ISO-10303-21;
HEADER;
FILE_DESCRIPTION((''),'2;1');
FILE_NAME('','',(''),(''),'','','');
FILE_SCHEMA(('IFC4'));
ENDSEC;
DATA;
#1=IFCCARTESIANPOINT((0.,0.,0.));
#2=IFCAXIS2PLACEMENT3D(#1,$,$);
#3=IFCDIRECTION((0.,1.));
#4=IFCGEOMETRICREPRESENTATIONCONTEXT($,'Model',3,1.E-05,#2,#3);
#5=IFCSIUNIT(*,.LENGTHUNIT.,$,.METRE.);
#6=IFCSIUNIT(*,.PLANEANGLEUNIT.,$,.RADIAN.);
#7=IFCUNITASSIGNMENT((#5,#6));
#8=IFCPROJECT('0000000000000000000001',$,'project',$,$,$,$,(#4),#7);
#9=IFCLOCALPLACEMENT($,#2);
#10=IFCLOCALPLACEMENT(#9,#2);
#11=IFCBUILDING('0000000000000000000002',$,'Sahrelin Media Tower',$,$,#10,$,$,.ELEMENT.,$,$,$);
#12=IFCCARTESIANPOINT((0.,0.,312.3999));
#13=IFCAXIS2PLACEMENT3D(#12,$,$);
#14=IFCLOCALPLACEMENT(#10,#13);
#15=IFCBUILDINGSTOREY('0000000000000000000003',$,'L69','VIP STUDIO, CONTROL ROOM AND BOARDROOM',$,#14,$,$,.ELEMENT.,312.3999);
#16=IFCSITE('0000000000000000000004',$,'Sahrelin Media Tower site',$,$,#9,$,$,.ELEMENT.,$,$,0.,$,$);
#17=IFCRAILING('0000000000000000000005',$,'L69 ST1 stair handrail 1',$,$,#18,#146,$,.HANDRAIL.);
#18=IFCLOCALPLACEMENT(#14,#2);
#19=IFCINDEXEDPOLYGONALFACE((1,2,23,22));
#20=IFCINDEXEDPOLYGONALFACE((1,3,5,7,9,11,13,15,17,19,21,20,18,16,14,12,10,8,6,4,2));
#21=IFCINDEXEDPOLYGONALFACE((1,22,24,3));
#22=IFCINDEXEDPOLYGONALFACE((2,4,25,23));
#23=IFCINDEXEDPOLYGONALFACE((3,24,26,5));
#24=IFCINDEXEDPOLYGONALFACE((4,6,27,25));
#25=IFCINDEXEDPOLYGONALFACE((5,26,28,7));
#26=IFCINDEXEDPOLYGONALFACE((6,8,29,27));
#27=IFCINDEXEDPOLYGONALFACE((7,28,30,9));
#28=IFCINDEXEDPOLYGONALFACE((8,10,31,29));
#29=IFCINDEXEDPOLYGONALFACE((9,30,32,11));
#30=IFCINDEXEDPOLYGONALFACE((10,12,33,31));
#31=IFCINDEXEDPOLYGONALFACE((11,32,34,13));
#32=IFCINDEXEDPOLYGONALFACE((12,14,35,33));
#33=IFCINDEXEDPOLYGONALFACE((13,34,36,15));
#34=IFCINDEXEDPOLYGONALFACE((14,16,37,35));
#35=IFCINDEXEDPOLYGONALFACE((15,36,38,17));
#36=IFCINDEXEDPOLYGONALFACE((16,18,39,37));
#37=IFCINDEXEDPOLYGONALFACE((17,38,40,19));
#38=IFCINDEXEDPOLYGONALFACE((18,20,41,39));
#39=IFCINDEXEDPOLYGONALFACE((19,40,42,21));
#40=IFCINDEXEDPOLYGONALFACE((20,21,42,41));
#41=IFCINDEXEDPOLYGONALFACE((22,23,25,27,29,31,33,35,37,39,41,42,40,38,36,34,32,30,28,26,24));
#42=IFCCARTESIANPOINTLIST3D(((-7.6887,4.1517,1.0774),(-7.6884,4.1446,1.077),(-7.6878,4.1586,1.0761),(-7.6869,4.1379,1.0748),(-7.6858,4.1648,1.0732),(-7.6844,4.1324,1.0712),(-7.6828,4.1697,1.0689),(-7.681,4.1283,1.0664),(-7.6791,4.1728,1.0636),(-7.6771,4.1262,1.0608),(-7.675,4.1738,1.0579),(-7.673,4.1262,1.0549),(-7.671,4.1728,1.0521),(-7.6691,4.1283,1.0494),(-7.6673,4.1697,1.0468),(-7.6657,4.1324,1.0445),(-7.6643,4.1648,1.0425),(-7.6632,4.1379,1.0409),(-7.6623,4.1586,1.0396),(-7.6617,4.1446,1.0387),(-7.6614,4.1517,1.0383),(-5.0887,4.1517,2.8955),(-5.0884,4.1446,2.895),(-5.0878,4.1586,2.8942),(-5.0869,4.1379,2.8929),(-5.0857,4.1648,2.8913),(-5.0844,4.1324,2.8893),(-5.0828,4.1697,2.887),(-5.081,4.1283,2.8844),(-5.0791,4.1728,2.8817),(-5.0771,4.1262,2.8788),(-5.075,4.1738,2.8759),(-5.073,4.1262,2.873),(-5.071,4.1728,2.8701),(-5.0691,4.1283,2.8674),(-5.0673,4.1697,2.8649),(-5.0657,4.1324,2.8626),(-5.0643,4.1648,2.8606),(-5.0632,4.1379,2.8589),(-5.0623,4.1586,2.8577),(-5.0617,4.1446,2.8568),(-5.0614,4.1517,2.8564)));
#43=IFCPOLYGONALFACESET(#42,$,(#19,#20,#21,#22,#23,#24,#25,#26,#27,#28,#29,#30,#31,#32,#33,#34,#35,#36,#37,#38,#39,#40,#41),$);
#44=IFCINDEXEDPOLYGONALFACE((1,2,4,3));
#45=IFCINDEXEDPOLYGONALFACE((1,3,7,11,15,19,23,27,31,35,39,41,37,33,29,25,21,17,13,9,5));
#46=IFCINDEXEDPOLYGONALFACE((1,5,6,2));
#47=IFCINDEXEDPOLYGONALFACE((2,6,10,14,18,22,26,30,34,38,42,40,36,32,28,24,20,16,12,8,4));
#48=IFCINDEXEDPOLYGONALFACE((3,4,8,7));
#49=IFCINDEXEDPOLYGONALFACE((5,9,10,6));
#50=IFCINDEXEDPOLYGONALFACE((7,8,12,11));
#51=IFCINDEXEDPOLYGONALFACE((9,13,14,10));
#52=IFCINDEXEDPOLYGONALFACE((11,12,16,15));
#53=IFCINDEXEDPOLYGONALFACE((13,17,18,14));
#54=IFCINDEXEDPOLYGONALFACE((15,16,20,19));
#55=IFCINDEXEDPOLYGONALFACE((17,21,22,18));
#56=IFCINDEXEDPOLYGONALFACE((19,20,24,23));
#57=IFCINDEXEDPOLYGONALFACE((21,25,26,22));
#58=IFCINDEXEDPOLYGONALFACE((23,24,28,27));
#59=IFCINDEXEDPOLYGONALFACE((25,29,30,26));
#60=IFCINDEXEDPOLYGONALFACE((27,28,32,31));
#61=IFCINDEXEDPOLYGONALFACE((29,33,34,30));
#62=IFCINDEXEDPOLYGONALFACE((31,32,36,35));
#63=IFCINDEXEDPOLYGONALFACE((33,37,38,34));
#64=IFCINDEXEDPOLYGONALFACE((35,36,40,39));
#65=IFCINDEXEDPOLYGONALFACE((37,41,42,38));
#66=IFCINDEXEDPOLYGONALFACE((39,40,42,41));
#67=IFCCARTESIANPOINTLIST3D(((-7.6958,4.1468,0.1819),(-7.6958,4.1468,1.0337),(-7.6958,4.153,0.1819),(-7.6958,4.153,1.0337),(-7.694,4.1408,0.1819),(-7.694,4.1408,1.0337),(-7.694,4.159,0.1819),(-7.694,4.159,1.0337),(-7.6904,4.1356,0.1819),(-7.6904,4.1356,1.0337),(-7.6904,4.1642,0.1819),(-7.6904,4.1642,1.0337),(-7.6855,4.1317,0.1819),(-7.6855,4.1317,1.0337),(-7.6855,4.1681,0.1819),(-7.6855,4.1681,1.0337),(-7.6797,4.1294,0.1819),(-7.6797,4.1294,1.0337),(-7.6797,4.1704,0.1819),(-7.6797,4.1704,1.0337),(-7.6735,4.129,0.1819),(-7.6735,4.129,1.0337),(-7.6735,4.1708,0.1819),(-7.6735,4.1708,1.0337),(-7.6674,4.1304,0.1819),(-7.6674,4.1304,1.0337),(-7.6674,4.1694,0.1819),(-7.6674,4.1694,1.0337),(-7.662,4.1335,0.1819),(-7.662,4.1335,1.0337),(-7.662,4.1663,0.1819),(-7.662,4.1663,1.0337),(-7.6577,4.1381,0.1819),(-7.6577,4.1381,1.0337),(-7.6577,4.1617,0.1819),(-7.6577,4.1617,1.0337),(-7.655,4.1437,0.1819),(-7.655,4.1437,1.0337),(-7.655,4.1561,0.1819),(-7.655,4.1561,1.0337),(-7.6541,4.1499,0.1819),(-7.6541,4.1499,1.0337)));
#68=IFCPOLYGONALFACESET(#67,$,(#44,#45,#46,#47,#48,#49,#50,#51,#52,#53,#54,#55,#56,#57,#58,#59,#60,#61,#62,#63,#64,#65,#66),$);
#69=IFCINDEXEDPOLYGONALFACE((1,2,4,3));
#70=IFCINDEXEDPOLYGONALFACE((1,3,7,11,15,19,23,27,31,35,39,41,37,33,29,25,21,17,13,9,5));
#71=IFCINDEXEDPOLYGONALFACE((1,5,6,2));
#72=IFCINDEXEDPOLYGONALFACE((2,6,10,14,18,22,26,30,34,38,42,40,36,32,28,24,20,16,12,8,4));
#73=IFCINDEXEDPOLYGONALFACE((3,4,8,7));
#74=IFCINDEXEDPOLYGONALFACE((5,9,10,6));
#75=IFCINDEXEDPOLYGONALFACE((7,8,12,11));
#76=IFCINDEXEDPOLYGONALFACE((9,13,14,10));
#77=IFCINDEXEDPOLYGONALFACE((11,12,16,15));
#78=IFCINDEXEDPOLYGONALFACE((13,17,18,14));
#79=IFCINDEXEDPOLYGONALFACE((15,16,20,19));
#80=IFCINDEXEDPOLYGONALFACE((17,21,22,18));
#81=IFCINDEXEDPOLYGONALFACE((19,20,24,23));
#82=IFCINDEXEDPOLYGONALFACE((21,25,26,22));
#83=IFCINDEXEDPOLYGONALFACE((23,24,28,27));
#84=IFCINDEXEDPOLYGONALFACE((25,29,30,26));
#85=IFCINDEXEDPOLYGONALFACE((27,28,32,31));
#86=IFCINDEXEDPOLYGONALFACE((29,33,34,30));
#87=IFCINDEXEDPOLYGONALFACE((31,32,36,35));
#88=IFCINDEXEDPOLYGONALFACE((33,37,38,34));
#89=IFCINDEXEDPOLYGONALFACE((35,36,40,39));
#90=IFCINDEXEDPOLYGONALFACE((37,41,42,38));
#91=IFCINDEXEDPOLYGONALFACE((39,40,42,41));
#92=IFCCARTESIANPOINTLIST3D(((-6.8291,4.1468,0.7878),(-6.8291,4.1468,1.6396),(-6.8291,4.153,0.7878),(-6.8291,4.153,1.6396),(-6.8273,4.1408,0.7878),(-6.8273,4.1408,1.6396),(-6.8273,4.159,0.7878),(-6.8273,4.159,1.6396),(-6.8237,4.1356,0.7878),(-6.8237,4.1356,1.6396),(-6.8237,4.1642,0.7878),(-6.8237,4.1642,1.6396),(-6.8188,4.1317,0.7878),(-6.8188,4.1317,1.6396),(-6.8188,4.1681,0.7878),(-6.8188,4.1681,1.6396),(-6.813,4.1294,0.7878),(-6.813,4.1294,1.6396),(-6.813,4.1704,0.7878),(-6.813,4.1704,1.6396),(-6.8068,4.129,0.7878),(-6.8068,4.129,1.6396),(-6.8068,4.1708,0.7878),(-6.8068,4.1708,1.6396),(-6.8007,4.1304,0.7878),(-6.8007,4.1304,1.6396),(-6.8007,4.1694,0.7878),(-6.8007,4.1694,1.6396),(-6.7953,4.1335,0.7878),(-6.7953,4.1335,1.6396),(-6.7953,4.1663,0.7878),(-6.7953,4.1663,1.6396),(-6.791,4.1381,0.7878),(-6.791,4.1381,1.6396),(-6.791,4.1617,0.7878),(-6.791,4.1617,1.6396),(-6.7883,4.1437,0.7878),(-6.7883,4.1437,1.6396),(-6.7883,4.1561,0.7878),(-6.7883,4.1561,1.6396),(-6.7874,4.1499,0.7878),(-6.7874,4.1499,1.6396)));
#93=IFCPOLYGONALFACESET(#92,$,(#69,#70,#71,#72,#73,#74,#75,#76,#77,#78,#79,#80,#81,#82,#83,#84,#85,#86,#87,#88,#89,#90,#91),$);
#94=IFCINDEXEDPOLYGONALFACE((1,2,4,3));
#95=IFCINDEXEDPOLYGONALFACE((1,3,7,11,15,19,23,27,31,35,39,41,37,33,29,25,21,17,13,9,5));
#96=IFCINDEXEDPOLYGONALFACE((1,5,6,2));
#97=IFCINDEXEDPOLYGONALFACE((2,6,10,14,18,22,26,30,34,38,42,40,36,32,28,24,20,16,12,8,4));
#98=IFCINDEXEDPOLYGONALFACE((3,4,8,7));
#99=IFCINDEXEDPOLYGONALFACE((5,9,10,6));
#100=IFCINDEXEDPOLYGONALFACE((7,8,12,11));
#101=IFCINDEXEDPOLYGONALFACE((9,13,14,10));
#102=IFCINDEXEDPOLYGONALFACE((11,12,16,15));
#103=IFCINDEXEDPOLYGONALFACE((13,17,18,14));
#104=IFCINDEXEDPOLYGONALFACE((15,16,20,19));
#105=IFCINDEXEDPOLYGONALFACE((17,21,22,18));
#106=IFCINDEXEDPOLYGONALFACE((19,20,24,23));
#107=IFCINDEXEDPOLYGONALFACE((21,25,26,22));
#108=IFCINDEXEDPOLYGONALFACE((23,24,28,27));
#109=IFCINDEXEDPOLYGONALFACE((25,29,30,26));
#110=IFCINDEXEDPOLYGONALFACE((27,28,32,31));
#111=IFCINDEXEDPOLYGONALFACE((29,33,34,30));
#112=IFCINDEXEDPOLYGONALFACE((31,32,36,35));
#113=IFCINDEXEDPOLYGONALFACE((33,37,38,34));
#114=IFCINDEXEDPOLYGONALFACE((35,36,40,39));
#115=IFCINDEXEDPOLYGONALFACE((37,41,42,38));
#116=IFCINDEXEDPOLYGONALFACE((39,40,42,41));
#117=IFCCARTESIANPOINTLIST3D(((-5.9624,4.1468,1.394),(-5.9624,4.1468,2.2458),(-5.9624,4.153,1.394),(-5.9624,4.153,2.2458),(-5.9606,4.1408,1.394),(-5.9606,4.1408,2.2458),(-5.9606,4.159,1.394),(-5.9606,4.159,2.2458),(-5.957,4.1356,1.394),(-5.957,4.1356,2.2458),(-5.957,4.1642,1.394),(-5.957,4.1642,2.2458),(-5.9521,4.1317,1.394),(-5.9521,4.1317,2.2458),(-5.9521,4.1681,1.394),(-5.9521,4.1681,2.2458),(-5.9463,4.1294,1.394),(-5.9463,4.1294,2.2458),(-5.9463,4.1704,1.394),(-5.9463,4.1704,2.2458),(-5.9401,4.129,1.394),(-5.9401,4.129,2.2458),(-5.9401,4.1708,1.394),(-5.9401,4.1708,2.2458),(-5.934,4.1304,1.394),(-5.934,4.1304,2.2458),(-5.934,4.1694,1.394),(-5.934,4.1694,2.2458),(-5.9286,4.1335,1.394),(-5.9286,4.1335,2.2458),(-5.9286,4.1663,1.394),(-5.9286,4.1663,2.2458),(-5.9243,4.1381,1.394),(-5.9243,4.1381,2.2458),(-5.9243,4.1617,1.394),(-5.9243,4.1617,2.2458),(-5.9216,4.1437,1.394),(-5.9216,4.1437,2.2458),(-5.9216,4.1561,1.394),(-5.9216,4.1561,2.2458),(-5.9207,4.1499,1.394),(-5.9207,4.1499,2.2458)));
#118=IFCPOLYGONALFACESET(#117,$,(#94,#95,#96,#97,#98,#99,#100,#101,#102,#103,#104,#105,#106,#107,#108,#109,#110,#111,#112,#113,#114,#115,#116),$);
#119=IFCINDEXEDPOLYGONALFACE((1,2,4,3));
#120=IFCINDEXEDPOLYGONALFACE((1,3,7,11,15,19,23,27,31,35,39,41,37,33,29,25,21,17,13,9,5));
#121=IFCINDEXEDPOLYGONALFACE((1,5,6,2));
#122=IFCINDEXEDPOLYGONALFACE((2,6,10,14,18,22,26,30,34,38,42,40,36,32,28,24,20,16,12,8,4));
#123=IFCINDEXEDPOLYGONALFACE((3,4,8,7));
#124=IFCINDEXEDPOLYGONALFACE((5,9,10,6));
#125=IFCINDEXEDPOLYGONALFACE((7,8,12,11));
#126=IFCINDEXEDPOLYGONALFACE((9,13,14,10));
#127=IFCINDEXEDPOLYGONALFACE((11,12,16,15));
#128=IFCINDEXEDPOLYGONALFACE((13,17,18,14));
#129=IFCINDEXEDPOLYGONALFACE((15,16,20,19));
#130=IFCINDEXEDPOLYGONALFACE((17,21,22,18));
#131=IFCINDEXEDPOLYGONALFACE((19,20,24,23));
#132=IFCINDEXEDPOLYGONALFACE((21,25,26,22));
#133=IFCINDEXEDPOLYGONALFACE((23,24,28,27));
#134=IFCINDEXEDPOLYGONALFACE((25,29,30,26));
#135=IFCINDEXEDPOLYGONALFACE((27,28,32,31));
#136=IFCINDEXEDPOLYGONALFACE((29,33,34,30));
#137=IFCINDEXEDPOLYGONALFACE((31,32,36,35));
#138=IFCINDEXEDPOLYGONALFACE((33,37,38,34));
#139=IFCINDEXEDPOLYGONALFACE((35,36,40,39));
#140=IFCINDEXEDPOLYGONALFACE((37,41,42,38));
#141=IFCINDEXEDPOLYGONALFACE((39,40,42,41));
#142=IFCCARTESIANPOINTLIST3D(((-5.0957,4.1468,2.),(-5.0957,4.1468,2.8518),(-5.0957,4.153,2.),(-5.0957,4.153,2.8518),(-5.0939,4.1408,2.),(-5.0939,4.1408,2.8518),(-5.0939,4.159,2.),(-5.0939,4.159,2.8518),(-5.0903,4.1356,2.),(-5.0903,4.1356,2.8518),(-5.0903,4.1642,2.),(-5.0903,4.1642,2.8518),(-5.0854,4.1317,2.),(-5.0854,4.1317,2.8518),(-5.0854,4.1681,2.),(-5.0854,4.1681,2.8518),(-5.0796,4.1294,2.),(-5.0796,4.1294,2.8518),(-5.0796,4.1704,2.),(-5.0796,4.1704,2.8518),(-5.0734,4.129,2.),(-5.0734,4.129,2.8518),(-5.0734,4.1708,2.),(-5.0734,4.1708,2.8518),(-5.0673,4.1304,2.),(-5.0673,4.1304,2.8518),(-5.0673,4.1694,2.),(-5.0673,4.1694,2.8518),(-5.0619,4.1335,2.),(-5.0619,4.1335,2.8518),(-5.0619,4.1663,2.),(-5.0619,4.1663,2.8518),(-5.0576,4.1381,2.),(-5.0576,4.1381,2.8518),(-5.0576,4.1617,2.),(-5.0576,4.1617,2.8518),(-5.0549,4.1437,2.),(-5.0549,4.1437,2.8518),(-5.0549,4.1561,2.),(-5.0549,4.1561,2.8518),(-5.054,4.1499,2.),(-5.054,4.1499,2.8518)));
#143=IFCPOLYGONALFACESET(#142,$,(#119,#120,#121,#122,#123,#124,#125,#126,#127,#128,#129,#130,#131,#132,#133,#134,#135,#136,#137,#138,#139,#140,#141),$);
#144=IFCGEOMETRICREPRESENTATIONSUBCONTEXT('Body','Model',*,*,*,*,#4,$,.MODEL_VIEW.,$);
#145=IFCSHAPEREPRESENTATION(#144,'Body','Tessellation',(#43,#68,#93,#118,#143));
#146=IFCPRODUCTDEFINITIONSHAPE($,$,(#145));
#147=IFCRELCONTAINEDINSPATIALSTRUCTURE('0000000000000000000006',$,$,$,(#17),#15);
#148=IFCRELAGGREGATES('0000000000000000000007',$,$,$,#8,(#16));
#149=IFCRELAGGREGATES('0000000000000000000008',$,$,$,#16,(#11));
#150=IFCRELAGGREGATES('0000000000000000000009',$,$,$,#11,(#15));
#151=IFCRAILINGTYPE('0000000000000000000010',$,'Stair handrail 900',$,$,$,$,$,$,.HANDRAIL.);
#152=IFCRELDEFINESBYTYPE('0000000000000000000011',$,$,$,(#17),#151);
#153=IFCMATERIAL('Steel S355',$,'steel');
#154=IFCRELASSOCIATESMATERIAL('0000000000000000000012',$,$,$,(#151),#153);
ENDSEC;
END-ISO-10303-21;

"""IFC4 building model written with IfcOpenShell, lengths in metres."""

from ifc_helpers import new_model, si_unit, direction, frame, origin, origin_2d, place, context, subcontext, project, spatial, circle, extrude, material, type_object, element, save


model = new_model("IFC4")

# Units and contexts
model_context = context("Model", 3, precision=1e-05, world=origin(), true_north=direction((0.0, 1.0)))
body_context = subcontext(model_context, "Body", "Model", "MODEL_VIEW")
ifc_project = project(units=[si_unit("LENGTHUNIT", "METRE"), si_unit("PLANEANGLEUNIT", "RADIAN")], contexts=[model_context])

# Site, building, storey
site_placement = place(None, origin())
site = spatial("IfcSite", under=ifc_project, at=site_placement, Name="Sahrelin Media Tower site", CompositionType="ELEMENT", RefElevation=0.0)
building_placement = place(site_placement, origin())
building = spatial("IfcBuilding", under=site, at=building_placement, Name="Sahrelin Media Tower", CompositionType="ELEMENT")
storey_placement = place(building_placement, frame((0.0, 0.0, 312.3999)))
storey = spatial("IfcBuildingStorey", under=building, at=storey_placement, Name="L69", Description="VIP STUDIO, CONTROL ROOM AND BOARDROOM", CompositionType="ELEMENT", Elevation=312.3999)

# Shared definitions
ifc_material_1 = material(Name="Steel S355", Category="steel")

# Railing
railing_type_1 = type_object("IfcRailingType", Name="Stair handrail 900", PredefinedType="HANDRAIL", material=ifc_material_1)
railing_1_placement = place(storey_placement, frame((-7.675, 4.1499, 0.1819)))
element("IfcRailing", 1, at=railing_1_placement, inside=storey, type_object=railing_type_1, Name="L69 ST1 stair handrail 1", PredefinedType="HANDRAIL", context=body_context, shape_type="SweptSolid", body=[
    extrude(circle(Radius=0.0239, at=origin_2d()), frame((0.0, 0.0, 0.876), z_axis=(0.819521, 0.0, 0.573049), x_axis=(0.0, 1.0, 0.0)), (0.0, 0.0, 1.0), 3.1726),
    extrude(circle(Radius=0.021, at=origin_2d()), origin(), (0.0, 0.0, 1.0), 0.8518),
    extrude(circle(Radius=0.021, at=origin_2d()), frame((0.8667, 0.0, 0.606)), (0.0, 0.0, 1.0), 0.8518),
    extrude(circle(Radius=0.021, at=origin_2d()), frame((1.7334, 0.0, 1.2122)), (0.0, 0.0, 1.0), 0.8518),
    extrude(circle(Radius=0.021, at=origin_2d()), frame((2.6001, 0.0, 1.8181)), (0.0, 0.0, 1.0), 0.8518),
])

save(model, "model.ifc")
